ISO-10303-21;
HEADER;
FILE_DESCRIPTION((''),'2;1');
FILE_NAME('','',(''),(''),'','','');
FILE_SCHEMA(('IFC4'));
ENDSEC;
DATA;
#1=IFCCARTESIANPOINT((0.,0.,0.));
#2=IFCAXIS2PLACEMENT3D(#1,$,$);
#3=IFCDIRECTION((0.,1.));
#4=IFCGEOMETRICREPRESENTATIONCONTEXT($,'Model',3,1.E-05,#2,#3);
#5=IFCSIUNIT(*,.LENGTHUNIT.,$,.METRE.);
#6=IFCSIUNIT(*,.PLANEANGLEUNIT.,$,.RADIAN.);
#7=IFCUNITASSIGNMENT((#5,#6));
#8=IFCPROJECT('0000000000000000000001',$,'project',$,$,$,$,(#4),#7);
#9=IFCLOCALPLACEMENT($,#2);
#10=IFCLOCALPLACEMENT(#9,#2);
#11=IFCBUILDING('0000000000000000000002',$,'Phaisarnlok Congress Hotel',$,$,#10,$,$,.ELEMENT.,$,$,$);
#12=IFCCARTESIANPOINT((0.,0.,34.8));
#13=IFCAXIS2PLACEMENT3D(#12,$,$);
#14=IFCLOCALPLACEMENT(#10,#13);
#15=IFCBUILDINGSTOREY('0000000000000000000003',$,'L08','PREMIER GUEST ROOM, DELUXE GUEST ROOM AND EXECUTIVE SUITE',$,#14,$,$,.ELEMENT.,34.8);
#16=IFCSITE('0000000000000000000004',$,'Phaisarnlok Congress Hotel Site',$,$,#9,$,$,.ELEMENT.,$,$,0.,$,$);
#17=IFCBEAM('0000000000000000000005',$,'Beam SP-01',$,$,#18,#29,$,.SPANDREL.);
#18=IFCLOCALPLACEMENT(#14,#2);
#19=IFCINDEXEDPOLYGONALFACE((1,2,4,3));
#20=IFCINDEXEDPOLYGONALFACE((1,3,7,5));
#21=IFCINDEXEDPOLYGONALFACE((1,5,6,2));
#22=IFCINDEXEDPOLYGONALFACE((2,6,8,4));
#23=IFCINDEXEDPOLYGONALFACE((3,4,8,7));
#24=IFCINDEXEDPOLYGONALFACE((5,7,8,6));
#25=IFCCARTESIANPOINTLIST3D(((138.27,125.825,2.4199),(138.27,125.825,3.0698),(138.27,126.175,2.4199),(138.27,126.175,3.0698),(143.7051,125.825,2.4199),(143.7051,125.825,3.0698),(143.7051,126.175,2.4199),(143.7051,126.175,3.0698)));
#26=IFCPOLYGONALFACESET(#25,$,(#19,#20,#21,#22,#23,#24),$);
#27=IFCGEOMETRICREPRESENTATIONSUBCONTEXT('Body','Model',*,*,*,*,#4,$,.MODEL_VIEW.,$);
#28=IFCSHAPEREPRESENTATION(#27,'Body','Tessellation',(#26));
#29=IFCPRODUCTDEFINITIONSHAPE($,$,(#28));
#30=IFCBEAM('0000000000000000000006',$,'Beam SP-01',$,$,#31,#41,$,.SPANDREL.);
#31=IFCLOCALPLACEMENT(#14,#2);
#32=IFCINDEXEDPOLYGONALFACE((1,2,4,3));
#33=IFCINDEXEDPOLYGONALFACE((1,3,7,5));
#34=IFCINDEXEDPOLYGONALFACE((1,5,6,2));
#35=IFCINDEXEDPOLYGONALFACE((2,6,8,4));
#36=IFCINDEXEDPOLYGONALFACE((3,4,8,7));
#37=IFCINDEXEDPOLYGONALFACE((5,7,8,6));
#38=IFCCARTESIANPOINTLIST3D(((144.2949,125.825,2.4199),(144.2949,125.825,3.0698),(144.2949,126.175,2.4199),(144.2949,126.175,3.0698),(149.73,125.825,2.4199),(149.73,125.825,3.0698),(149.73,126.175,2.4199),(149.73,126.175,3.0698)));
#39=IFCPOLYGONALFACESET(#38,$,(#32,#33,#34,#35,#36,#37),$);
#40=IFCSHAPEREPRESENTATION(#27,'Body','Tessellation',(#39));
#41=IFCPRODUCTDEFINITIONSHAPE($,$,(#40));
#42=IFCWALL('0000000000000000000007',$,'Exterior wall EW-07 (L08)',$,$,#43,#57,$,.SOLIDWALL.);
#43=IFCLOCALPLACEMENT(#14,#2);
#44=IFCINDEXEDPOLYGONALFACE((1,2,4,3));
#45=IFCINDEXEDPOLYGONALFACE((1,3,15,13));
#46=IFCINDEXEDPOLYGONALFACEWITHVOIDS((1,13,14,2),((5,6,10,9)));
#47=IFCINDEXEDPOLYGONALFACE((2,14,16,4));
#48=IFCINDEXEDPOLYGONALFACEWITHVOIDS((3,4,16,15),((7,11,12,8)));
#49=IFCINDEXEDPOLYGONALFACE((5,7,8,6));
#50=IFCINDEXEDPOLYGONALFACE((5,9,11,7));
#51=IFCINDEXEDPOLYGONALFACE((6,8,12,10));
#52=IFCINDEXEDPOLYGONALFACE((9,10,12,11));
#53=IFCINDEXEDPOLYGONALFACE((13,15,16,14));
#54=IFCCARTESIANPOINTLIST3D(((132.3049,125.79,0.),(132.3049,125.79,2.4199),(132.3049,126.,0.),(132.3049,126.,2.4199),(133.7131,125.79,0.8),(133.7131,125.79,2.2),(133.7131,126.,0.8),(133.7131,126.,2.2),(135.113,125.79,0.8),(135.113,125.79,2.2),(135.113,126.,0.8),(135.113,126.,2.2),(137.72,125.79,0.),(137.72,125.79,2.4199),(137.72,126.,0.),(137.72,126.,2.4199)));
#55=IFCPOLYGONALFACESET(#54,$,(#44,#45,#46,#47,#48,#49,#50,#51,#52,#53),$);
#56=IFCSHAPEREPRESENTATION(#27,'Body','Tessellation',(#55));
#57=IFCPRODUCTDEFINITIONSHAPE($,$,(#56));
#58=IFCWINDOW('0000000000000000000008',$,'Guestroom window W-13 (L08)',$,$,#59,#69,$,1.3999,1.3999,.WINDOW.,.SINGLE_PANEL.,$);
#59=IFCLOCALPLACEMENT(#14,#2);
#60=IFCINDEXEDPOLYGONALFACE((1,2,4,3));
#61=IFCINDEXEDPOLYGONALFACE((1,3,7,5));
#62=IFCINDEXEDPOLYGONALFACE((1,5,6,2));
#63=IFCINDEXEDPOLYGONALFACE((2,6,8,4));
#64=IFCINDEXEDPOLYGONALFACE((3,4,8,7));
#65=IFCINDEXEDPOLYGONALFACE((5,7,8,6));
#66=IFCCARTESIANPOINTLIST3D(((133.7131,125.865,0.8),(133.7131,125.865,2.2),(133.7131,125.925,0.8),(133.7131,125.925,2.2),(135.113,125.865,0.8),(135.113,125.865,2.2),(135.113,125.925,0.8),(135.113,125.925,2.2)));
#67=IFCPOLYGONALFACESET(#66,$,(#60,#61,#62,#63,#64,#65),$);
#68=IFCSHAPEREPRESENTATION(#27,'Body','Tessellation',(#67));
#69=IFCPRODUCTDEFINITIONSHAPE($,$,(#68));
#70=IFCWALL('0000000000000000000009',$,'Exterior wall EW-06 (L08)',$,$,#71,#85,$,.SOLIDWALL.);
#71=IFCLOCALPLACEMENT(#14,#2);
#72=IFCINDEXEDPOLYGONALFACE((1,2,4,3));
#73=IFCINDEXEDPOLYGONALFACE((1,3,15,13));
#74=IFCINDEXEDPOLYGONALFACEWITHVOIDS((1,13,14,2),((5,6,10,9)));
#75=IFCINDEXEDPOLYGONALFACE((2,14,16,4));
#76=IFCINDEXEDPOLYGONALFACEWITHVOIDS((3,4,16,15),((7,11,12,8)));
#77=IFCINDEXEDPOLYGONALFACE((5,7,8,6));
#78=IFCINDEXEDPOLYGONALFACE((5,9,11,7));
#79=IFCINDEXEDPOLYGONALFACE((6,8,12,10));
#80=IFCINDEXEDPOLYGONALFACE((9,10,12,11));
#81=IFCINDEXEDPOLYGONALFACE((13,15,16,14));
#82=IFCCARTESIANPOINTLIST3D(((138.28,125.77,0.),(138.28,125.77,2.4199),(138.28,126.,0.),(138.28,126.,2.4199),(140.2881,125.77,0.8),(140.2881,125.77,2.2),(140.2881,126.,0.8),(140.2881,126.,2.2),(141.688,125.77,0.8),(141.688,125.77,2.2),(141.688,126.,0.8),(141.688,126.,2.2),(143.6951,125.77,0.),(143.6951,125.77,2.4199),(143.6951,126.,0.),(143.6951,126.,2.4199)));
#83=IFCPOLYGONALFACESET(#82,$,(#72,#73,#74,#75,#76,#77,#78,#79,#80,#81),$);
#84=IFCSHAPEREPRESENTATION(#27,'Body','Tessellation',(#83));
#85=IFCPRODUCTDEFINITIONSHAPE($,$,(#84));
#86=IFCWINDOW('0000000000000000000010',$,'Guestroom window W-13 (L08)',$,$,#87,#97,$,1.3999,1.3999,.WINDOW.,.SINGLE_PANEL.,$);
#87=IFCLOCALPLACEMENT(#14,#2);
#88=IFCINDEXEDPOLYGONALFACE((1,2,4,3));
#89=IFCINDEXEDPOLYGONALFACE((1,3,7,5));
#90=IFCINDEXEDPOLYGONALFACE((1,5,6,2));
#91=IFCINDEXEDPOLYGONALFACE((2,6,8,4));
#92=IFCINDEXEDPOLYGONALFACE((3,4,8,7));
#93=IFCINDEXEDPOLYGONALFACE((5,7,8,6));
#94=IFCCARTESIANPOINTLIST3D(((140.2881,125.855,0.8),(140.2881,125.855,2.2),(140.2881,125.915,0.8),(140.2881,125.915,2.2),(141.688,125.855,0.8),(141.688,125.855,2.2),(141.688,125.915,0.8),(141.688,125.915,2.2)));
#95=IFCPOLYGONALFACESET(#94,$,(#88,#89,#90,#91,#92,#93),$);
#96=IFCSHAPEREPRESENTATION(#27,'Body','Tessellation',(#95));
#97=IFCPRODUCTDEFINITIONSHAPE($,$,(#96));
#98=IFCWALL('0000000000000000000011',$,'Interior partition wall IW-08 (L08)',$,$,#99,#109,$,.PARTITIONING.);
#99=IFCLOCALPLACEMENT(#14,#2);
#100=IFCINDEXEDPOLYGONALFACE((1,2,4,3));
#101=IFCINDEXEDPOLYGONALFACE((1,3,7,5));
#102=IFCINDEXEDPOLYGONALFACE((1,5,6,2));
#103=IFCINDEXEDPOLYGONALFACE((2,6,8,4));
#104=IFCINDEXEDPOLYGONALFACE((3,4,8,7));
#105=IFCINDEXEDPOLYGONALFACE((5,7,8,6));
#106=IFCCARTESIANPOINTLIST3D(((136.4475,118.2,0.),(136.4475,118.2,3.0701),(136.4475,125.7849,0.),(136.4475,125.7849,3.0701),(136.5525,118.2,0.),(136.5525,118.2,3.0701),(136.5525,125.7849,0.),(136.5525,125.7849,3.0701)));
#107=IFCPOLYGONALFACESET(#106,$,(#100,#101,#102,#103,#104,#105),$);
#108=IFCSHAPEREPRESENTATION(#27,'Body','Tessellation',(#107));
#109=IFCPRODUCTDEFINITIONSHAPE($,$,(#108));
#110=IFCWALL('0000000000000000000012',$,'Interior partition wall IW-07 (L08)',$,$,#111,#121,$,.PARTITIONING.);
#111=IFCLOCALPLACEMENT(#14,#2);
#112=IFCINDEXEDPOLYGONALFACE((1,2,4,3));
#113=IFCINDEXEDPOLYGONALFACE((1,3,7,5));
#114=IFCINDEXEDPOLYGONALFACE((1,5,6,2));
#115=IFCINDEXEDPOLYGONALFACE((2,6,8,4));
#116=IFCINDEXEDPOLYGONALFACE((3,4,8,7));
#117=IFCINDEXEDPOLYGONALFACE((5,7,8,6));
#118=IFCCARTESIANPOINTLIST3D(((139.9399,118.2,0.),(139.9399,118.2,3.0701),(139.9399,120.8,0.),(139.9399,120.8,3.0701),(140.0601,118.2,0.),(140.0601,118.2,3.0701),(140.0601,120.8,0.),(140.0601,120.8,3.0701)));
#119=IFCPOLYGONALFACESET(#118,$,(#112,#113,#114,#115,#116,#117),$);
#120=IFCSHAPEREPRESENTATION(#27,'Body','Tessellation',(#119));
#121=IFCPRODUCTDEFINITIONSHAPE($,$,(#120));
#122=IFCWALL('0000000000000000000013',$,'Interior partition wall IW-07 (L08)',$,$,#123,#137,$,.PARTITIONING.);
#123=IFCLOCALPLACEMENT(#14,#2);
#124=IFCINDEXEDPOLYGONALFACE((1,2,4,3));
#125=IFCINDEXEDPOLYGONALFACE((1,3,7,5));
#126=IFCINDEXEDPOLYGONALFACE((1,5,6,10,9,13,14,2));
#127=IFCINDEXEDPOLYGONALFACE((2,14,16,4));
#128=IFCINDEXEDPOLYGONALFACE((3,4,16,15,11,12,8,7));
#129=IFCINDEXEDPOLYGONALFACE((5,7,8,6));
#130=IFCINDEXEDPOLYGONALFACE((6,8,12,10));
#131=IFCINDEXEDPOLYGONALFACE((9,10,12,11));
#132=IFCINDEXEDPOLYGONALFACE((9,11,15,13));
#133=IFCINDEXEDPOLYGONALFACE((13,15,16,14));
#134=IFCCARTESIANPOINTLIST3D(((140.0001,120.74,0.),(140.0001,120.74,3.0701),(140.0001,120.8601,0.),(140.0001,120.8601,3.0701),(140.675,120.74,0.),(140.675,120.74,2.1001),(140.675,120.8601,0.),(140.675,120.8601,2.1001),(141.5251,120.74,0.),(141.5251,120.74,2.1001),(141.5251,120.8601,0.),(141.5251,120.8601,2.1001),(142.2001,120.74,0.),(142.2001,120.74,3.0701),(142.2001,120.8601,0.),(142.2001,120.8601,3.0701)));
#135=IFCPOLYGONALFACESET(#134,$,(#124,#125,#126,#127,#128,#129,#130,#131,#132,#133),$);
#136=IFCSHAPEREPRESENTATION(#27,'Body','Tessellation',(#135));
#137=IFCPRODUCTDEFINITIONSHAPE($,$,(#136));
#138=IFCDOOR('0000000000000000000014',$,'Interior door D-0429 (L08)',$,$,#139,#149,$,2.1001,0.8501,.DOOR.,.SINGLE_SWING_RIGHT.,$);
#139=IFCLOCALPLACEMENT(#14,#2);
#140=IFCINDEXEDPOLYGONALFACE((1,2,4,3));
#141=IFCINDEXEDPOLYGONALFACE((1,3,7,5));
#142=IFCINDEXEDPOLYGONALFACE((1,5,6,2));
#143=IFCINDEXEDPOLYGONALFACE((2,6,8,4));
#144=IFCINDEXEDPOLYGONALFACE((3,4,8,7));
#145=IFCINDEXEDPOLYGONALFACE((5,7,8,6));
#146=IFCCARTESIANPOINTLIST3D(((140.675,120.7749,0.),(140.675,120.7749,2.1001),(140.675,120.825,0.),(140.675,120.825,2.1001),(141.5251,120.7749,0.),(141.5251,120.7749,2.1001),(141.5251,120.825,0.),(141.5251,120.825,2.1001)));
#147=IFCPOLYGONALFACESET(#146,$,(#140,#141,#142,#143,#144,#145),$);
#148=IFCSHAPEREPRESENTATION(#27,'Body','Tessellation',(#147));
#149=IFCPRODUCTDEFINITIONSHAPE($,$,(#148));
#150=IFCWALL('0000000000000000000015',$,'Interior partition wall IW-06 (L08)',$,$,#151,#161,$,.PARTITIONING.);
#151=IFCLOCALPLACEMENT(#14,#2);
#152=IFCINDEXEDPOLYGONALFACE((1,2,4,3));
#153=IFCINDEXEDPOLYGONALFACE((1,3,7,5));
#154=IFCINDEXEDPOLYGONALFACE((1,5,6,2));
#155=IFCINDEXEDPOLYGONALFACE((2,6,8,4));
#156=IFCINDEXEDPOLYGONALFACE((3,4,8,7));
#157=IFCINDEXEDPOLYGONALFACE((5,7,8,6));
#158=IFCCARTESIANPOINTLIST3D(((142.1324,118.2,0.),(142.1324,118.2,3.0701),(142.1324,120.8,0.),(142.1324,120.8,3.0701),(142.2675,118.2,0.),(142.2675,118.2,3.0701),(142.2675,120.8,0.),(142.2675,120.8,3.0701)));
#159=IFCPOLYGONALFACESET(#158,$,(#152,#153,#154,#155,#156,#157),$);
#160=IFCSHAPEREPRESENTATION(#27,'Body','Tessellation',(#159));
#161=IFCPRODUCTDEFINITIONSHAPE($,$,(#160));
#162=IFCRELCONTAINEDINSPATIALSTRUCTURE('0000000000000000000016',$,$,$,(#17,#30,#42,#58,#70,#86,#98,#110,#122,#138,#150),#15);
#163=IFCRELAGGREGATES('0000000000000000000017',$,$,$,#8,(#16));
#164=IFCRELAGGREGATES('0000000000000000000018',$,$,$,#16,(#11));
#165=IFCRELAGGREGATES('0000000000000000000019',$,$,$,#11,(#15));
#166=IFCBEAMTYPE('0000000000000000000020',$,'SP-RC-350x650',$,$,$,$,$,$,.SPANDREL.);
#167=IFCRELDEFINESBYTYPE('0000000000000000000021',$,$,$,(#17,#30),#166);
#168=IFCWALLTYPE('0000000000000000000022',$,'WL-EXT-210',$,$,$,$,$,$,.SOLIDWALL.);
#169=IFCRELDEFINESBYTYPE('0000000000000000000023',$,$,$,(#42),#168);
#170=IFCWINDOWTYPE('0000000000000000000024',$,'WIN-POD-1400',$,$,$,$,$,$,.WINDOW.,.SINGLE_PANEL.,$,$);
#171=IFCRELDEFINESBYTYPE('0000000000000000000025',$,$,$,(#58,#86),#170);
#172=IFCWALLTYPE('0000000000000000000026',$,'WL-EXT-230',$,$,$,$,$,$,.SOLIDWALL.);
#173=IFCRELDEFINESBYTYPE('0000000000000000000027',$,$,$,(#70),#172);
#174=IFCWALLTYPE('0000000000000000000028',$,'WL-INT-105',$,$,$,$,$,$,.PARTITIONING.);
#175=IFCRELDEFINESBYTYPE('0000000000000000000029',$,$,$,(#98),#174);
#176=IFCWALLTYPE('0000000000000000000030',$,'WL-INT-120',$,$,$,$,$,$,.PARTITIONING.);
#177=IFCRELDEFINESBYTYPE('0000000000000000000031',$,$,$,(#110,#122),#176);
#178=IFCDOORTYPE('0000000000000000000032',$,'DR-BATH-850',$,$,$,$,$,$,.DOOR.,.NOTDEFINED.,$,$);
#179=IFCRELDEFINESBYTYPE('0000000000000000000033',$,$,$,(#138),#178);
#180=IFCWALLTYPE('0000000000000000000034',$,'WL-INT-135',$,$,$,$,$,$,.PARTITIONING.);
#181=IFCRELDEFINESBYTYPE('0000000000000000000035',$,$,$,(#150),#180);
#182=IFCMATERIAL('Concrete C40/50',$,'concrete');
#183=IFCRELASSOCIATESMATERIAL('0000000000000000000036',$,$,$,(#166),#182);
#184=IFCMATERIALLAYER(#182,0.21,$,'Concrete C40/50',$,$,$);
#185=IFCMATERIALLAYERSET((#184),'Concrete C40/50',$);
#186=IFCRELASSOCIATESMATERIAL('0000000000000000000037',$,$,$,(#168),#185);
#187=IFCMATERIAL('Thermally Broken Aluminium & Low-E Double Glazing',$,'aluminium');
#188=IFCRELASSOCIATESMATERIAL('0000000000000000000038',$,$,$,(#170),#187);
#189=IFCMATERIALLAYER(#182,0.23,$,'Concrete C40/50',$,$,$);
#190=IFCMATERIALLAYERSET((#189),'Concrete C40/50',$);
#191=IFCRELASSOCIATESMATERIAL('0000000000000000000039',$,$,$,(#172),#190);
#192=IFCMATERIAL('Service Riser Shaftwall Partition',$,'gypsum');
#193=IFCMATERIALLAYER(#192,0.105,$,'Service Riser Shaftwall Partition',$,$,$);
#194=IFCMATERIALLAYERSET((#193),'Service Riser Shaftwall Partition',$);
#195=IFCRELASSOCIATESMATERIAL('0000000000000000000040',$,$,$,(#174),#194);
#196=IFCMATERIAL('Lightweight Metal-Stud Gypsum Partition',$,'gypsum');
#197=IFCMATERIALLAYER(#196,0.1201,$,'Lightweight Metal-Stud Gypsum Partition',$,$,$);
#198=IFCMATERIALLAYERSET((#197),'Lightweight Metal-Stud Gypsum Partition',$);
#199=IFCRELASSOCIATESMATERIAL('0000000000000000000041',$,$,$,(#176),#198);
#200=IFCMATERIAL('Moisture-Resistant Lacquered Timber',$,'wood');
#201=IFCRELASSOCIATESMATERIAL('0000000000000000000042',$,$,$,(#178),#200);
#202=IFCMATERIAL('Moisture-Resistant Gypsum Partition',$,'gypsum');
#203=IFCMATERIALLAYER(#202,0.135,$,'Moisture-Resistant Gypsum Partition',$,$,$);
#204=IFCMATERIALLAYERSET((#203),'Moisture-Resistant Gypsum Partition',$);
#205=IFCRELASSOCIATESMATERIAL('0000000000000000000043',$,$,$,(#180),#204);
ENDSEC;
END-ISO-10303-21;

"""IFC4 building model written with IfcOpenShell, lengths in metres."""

from ifc_helpers import new_model, si_unit, direction, frame, frame_2d, origin, origin_2d, place, context, subcontext, project, spatial, rectangle, extrude, material, layer, layer_set, material_profile, profile_set, type_object, element, fill, save


model = new_model("IFC4")

# Units and contexts
model_context = context("Model", 3, precision=1e-05, world=origin(), true_north=direction((0.0, 1.0)))
body_context = subcontext(model_context, "Body", "Model", "MODEL_VIEW")
ifc_project = project(units=[si_unit("LENGTHUNIT", "METRE"), si_unit("PLANEANGLEUNIT", "RADIAN")], contexts=[model_context])

# Site, building, storey
site_placement = place(None, origin())
site = spatial("IfcSite", under=ifc_project, at=site_placement, Name="Phaisarnlok Congress Hotel Site", CompositionType="ELEMENT", RefElevation=0.0)
building_placement = place(site_placement, origin())
building = spatial("IfcBuilding", under=site, at=building_placement, Name="Phaisarnlok Congress Hotel", CompositionType="ELEMENT")
storey_placement = place(building_placement, frame((0.0, 0.0, 34.8)))
storey = spatial("IfcBuildingStorey", under=building, at=storey_placement, Name="L08", Description="PREMIER GUEST ROOM, DELUXE GUEST ROOM AND EXECUTIVE SUITE", CompositionType="ELEMENT", Elevation=34.8)

# Beams
ifc_material_1 = material(Name="Concrete C40/50", Category="concrete")
ifc_material_profile_1 = material_profile(ifc_material_1, rectangle(XDim=0.3501, YDim=0.6499, at=origin_2d()), Name="RC 350x650")
ifc_profile_set_1 = profile_set([ifc_material_profile_1], Name="Concrete C40/50")
beam_type_1 = type_object("IfcBeamType", Name="SP-RC-350x650", PredefinedType="SPANDREL", material=ifc_profile_set_1)
for number, where, z_axis, x_axis, name in (
    (1, (138.27, 126.0, 2.7449), (1.0, 0.0, 0.0), (0.0, 1.0, 0.0), "Beam SP-01"),
    (2, (144.2949, 126.0, 2.7449), (1.0, 0.0, 0.0), (0.0, 1.0, 0.0), "Beam SP-01"),
):
    element("IfcBeam", number, at=place(storey_placement, frame(where, z_axis=z_axis, x_axis=x_axis)), inside=storey, type_object=beam_type_1, Name=name, PredefinedType="SPANDREL", context=body_context, shape_type="SweptSolid", body=[
        extrude(rectangle(XDim=0.3501, YDim=0.6499, at=origin_2d()), origin(), (0.0, 0.0, 1.0), 5.4351),
    ])

# Walls, openings, windows
ifc_layer_1 = layer(ifc_material_1, 0.21, Name="Concrete C40/50")
ifc_layer_set_1 = layer_set([ifc_layer_1], Name="Concrete C40/50")
wall_type_1 = type_object("IfcWallType", Name="WL-EXT-210", PredefinedType="SOLIDWALL", material=ifc_layer_set_1)
wall_1_placement = place(storey_placement, frame((137.72, 125.895, 0.0), z_axis=(0.0, 0.0, 1.0), x_axis=(-1.0, 0.0, 0.0)))
wall_1 = element("IfcWall", 3, at=wall_1_placement, inside=storey, type_object=wall_type_1, Name="Exterior wall EW-07 (L08)", PredefinedType="SOLIDWALL", context=body_context, shape_type="SweptSolid", body=[
    extrude(rectangle(XDim=5.415, YDim=0.21, at=frame_2d((2.7075, 0.0))), origin(), (0.0, 0.0, 1.0), 2.4199),
])
opening_1_placement = place(wall_1_placement, frame((2.6069, 0.0, 0.8)))
opening_1 = element("IfcOpeningElement", 4, at=opening_1_placement, cuts=wall_1, PredefinedType="OPENING", context=body_context, shape_type="SweptSolid", body=[
    extrude(rectangle(XDim=1.3999, YDim=1.3999, at=frame_2d((0.7, 0.7))), frame((0.0, 0.115, 0.0), z_axis=(0.0, -1.0, 0.0), x_axis=(1.0, 0.0, 0.0)), (0.0, 0.0, 1.0), 0.23),
])
ifc_material_2 = material(Name="Thermally Broken Aluminium & Low-E Double Glazing", Category="aluminium")
window_type = type_object("IfcWindowType", Name="WIN-POD-1400", PartitioningType="SINGLE_PANEL", PredefinedType="WINDOW", material=ifc_material_2)
window_1_placement = place(opening_1_placement, origin())
window_1 = element("IfcWindow", 5, at=window_1_placement, inside=storey, type_object=window_type, Name="Guestroom window W-13 (L08)", OverallHeight=1.3999, OverallWidth=1.3999, PartitioningType="SINGLE_PANEL", PredefinedType="WINDOW", context=body_context, shape_type="SweptSolid", body=[
    extrude(rectangle(XDim=1.3999, YDim=1.3999, at=frame_2d((0.7, 0.7))), frame((0.0, 0.03, 0.0), z_axis=(0.0, -1.0, 0.0), x_axis=(1.0, 0.0, 0.0)), (0.0, 0.0, 1.0), 0.0601),
])
fill(opening_1, window_1)
ifc_layer_2 = layer(ifc_material_1, 0.23, Name="Concrete C40/50")
ifc_layer_set_2 = layer_set([ifc_layer_2], Name="Concrete C40/50")
wall_type_2 = type_object("IfcWallType", Name="WL-EXT-230", PredefinedType="SOLIDWALL", material=ifc_layer_set_2)
wall_2_placement = place(storey_placement, frame((143.6951, 125.885, 0.0), z_axis=(0.0, 0.0, 1.0), x_axis=(-1.0, 0.0, 0.0)))
wall_2 = element("IfcWall", 6, at=wall_2_placement, inside=storey, type_object=wall_type_2, Name="Exterior wall EW-06 (L08)", PredefinedType="SOLIDWALL", context=body_context, shape_type="SweptSolid", body=[
    extrude(rectangle(XDim=5.415, YDim=0.23, at=frame_2d((2.7075, 0.0))), origin(), (0.0, 0.0, 1.0), 2.4199),
])
opening_2_placement = place(wall_2_placement, frame((2.0071, 0.0, 0.8)))
opening_2 = element("IfcOpeningElement", 7, at=opening_2_placement, cuts=wall_2, PredefinedType="OPENING", context=body_context, shape_type="SweptSolid", body=[
    extrude(rectangle(XDim=1.3999, YDim=1.3999, at=frame_2d((0.7, 0.7))), frame((0.0, 0.125, 0.0), z_axis=(0.0, -1.0, 0.0), x_axis=(1.0, 0.0, 0.0)), (0.0, 0.0, 1.0), 0.25),
])
window_2_placement = place(opening_2_placement, origin())
window_2 = element("IfcWindow", 8, at=window_2_placement, inside=storey, type_object=window_type, Name="Guestroom window W-13 (L08)", OverallHeight=1.3999, OverallWidth=1.3999, PartitioningType="SINGLE_PANEL", PredefinedType="WINDOW", context=body_context, shape_type="SweptSolid", body=[
    extrude(rectangle(XDim=1.3999, YDim=1.3999, at=frame_2d((0.7, 0.7))), frame((0.0, 0.03, 0.0), z_axis=(0.0, -1.0, 0.0), x_axis=(1.0, 0.0, 0.0)), (0.0, 0.0, 1.0), 0.0601),
])
fill(opening_2, window_2)

# Walls
ifc_material_3 = material(Name="Service Riser Shaftwall Partition", Category="gypsum")
ifc_layer_3 = layer(ifc_material_3, 0.105, Name="Service Riser Shaftwall Partition")
ifc_layer_set_3 = layer_set([ifc_layer_3], Name="Service Riser Shaftwall Partition")
wall_type_3 = type_object("IfcWallType", Name="WL-INT-105", PredefinedType="PARTITIONING", material=ifc_layer_set_3)
wall_3_placement = place(storey_placement, frame((136.5, 118.2, 0.0), z_axis=(0.0, 0.0, 1.0), x_axis=(0.0, 1.0, 0.0)))
element("IfcWall", 9, at=wall_3_placement, inside=storey, type_object=wall_type_3, Name="Interior partition wall IW-08 (L08)", PredefinedType="PARTITIONING", context=body_context, shape_type="SweptSolid", body=[
    extrude(rectangle(XDim=7.585, YDim=0.105, at=frame_2d((3.7925, 0.0))), origin(), (0.0, 0.0, 1.0), 3.0701),
])
ifc_material_4 = material(Name="Lightweight Metal-Stud Gypsum Partition", Category="gypsum")
ifc_layer_4 = layer(ifc_material_4, 0.1201, Name="Lightweight Metal-Stud Gypsum Partition")
ifc_layer_set_4 = layer_set([ifc_layer_4], Name="Lightweight Metal-Stud Gypsum Partition")
wall_type_4 = type_object("IfcWallType", Name="WL-INT-120", PredefinedType="PARTITIONING", material=ifc_layer_set_4)
wall_4_placement = place(storey_placement, frame((140.0, 118.2, 0.0), z_axis=(0.0, 0.0, 1.0), x_axis=(0.0, 1.0, 0.0)))
element("IfcWall", 10, at=wall_4_placement, inside=storey, type_object=wall_type_4, Name="Interior partition wall IW-07 (L08)", PredefinedType="PARTITIONING", context=body_context, shape_type="SweptSolid", body=[
    extrude(rectangle(XDim=2.6001, YDim=0.1201, at=frame_2d((1.3, 0.0))), origin(), (0.0, 0.0, 1.0), 3.0701),
])

# Wall, opening, door
wall_5_placement = place(storey_placement, frame((140.0, 120.8, 0.0), z_axis=(0.0, 0.0, 1.0), x_axis=(1.0, 0.0, 0.0)))
wall_5 = element("IfcWall", 11, at=wall_5_placement, inside=storey, type_object=wall_type_4, Name="Interior partition wall IW-07 (L08)", PredefinedType="PARTITIONING", context=body_context, shape_type="SweptSolid", body=[
    extrude(rectangle(XDim=2.2, YDim=0.1201, at=frame_2d((1.1001, 0.0))), origin(), (0.0, 0.0, 1.0), 3.0701),
])
opening_3_placement = place(wall_5_placement, frame((0.675, 0.0, 0.0)))
opening_3 = element("IfcOpeningElement", 12, at=opening_3_placement, cuts=wall_5, PredefinedType="OPENING", context=body_context, shape_type="SweptSolid", body=[
    extrude(rectangle(XDim=0.8501, YDim=2.1001, at=frame_2d((0.425, 1.05))), frame((0.0, 0.0701, 0.0), z_axis=(0.0, -1.0, 0.0), x_axis=(1.0, 0.0, 0.0)), (0.0, 0.0, 1.0), 0.1401),
])
ifc_material_5 = material(Name="Moisture-Resistant Lacquered Timber", Category="wood")
door_type = type_object("IfcDoorType", Name="DR-BATH-850", OperationType="NOTDEFINED", PredefinedType="DOOR", material=ifc_material_5)
door_placement = place(opening_3_placement, origin())
door = element("IfcDoor", 13, at=door_placement, inside=storey, type_object=door_type, Name="Interior door D-0429 (L08)", OperationType="SINGLE_SWING_RIGHT", OverallHeight=2.1001, OverallWidth=0.8501, PredefinedType="DOOR", context=body_context, shape_type="SweptSolid", body=[
    extrude(rectangle(XDim=0.8501, YDim=2.1001, at=frame_2d((0.425, 1.05))), frame((0.0, 0.0249, 0.0), z_axis=(0.0, -1.0, 0.0), x_axis=(1.0, 0.0, 0.0)), (0.0, 0.0, 1.0), 0.05),
])
fill(opening_3, door)

# Wall
ifc_material_6 = material(Name="Moisture-Resistant Gypsum Partition", Category="gypsum")
ifc_layer_5 = layer(ifc_material_6, 0.135, Name="Moisture-Resistant Gypsum Partition")
ifc_layer_set_5 = layer_set([ifc_layer_5], Name="Moisture-Resistant Gypsum Partition")
wall_type_5 = type_object("IfcWallType", Name="WL-INT-135", PredefinedType="PARTITIONING", material=ifc_layer_set_5)
wall_6_placement = place(storey_placement, frame((142.2, 118.2, 0.0), z_axis=(0.0, 0.0, 1.0), x_axis=(0.0, 1.0, 0.0)))
element("IfcWall", 14, at=wall_6_placement, inside=storey, type_object=wall_type_5, Name="Interior partition wall IW-06 (L08)", PredefinedType="PARTITIONING", context=body_context, shape_type="SweptSolid", body=[
    extrude(rectangle(XDim=2.6001, YDim=0.135, at=frame_2d((1.3, 0.0))), origin(), (0.0, 0.0, 1.0), 3.0701),
])

save(model, "model.ifc")
